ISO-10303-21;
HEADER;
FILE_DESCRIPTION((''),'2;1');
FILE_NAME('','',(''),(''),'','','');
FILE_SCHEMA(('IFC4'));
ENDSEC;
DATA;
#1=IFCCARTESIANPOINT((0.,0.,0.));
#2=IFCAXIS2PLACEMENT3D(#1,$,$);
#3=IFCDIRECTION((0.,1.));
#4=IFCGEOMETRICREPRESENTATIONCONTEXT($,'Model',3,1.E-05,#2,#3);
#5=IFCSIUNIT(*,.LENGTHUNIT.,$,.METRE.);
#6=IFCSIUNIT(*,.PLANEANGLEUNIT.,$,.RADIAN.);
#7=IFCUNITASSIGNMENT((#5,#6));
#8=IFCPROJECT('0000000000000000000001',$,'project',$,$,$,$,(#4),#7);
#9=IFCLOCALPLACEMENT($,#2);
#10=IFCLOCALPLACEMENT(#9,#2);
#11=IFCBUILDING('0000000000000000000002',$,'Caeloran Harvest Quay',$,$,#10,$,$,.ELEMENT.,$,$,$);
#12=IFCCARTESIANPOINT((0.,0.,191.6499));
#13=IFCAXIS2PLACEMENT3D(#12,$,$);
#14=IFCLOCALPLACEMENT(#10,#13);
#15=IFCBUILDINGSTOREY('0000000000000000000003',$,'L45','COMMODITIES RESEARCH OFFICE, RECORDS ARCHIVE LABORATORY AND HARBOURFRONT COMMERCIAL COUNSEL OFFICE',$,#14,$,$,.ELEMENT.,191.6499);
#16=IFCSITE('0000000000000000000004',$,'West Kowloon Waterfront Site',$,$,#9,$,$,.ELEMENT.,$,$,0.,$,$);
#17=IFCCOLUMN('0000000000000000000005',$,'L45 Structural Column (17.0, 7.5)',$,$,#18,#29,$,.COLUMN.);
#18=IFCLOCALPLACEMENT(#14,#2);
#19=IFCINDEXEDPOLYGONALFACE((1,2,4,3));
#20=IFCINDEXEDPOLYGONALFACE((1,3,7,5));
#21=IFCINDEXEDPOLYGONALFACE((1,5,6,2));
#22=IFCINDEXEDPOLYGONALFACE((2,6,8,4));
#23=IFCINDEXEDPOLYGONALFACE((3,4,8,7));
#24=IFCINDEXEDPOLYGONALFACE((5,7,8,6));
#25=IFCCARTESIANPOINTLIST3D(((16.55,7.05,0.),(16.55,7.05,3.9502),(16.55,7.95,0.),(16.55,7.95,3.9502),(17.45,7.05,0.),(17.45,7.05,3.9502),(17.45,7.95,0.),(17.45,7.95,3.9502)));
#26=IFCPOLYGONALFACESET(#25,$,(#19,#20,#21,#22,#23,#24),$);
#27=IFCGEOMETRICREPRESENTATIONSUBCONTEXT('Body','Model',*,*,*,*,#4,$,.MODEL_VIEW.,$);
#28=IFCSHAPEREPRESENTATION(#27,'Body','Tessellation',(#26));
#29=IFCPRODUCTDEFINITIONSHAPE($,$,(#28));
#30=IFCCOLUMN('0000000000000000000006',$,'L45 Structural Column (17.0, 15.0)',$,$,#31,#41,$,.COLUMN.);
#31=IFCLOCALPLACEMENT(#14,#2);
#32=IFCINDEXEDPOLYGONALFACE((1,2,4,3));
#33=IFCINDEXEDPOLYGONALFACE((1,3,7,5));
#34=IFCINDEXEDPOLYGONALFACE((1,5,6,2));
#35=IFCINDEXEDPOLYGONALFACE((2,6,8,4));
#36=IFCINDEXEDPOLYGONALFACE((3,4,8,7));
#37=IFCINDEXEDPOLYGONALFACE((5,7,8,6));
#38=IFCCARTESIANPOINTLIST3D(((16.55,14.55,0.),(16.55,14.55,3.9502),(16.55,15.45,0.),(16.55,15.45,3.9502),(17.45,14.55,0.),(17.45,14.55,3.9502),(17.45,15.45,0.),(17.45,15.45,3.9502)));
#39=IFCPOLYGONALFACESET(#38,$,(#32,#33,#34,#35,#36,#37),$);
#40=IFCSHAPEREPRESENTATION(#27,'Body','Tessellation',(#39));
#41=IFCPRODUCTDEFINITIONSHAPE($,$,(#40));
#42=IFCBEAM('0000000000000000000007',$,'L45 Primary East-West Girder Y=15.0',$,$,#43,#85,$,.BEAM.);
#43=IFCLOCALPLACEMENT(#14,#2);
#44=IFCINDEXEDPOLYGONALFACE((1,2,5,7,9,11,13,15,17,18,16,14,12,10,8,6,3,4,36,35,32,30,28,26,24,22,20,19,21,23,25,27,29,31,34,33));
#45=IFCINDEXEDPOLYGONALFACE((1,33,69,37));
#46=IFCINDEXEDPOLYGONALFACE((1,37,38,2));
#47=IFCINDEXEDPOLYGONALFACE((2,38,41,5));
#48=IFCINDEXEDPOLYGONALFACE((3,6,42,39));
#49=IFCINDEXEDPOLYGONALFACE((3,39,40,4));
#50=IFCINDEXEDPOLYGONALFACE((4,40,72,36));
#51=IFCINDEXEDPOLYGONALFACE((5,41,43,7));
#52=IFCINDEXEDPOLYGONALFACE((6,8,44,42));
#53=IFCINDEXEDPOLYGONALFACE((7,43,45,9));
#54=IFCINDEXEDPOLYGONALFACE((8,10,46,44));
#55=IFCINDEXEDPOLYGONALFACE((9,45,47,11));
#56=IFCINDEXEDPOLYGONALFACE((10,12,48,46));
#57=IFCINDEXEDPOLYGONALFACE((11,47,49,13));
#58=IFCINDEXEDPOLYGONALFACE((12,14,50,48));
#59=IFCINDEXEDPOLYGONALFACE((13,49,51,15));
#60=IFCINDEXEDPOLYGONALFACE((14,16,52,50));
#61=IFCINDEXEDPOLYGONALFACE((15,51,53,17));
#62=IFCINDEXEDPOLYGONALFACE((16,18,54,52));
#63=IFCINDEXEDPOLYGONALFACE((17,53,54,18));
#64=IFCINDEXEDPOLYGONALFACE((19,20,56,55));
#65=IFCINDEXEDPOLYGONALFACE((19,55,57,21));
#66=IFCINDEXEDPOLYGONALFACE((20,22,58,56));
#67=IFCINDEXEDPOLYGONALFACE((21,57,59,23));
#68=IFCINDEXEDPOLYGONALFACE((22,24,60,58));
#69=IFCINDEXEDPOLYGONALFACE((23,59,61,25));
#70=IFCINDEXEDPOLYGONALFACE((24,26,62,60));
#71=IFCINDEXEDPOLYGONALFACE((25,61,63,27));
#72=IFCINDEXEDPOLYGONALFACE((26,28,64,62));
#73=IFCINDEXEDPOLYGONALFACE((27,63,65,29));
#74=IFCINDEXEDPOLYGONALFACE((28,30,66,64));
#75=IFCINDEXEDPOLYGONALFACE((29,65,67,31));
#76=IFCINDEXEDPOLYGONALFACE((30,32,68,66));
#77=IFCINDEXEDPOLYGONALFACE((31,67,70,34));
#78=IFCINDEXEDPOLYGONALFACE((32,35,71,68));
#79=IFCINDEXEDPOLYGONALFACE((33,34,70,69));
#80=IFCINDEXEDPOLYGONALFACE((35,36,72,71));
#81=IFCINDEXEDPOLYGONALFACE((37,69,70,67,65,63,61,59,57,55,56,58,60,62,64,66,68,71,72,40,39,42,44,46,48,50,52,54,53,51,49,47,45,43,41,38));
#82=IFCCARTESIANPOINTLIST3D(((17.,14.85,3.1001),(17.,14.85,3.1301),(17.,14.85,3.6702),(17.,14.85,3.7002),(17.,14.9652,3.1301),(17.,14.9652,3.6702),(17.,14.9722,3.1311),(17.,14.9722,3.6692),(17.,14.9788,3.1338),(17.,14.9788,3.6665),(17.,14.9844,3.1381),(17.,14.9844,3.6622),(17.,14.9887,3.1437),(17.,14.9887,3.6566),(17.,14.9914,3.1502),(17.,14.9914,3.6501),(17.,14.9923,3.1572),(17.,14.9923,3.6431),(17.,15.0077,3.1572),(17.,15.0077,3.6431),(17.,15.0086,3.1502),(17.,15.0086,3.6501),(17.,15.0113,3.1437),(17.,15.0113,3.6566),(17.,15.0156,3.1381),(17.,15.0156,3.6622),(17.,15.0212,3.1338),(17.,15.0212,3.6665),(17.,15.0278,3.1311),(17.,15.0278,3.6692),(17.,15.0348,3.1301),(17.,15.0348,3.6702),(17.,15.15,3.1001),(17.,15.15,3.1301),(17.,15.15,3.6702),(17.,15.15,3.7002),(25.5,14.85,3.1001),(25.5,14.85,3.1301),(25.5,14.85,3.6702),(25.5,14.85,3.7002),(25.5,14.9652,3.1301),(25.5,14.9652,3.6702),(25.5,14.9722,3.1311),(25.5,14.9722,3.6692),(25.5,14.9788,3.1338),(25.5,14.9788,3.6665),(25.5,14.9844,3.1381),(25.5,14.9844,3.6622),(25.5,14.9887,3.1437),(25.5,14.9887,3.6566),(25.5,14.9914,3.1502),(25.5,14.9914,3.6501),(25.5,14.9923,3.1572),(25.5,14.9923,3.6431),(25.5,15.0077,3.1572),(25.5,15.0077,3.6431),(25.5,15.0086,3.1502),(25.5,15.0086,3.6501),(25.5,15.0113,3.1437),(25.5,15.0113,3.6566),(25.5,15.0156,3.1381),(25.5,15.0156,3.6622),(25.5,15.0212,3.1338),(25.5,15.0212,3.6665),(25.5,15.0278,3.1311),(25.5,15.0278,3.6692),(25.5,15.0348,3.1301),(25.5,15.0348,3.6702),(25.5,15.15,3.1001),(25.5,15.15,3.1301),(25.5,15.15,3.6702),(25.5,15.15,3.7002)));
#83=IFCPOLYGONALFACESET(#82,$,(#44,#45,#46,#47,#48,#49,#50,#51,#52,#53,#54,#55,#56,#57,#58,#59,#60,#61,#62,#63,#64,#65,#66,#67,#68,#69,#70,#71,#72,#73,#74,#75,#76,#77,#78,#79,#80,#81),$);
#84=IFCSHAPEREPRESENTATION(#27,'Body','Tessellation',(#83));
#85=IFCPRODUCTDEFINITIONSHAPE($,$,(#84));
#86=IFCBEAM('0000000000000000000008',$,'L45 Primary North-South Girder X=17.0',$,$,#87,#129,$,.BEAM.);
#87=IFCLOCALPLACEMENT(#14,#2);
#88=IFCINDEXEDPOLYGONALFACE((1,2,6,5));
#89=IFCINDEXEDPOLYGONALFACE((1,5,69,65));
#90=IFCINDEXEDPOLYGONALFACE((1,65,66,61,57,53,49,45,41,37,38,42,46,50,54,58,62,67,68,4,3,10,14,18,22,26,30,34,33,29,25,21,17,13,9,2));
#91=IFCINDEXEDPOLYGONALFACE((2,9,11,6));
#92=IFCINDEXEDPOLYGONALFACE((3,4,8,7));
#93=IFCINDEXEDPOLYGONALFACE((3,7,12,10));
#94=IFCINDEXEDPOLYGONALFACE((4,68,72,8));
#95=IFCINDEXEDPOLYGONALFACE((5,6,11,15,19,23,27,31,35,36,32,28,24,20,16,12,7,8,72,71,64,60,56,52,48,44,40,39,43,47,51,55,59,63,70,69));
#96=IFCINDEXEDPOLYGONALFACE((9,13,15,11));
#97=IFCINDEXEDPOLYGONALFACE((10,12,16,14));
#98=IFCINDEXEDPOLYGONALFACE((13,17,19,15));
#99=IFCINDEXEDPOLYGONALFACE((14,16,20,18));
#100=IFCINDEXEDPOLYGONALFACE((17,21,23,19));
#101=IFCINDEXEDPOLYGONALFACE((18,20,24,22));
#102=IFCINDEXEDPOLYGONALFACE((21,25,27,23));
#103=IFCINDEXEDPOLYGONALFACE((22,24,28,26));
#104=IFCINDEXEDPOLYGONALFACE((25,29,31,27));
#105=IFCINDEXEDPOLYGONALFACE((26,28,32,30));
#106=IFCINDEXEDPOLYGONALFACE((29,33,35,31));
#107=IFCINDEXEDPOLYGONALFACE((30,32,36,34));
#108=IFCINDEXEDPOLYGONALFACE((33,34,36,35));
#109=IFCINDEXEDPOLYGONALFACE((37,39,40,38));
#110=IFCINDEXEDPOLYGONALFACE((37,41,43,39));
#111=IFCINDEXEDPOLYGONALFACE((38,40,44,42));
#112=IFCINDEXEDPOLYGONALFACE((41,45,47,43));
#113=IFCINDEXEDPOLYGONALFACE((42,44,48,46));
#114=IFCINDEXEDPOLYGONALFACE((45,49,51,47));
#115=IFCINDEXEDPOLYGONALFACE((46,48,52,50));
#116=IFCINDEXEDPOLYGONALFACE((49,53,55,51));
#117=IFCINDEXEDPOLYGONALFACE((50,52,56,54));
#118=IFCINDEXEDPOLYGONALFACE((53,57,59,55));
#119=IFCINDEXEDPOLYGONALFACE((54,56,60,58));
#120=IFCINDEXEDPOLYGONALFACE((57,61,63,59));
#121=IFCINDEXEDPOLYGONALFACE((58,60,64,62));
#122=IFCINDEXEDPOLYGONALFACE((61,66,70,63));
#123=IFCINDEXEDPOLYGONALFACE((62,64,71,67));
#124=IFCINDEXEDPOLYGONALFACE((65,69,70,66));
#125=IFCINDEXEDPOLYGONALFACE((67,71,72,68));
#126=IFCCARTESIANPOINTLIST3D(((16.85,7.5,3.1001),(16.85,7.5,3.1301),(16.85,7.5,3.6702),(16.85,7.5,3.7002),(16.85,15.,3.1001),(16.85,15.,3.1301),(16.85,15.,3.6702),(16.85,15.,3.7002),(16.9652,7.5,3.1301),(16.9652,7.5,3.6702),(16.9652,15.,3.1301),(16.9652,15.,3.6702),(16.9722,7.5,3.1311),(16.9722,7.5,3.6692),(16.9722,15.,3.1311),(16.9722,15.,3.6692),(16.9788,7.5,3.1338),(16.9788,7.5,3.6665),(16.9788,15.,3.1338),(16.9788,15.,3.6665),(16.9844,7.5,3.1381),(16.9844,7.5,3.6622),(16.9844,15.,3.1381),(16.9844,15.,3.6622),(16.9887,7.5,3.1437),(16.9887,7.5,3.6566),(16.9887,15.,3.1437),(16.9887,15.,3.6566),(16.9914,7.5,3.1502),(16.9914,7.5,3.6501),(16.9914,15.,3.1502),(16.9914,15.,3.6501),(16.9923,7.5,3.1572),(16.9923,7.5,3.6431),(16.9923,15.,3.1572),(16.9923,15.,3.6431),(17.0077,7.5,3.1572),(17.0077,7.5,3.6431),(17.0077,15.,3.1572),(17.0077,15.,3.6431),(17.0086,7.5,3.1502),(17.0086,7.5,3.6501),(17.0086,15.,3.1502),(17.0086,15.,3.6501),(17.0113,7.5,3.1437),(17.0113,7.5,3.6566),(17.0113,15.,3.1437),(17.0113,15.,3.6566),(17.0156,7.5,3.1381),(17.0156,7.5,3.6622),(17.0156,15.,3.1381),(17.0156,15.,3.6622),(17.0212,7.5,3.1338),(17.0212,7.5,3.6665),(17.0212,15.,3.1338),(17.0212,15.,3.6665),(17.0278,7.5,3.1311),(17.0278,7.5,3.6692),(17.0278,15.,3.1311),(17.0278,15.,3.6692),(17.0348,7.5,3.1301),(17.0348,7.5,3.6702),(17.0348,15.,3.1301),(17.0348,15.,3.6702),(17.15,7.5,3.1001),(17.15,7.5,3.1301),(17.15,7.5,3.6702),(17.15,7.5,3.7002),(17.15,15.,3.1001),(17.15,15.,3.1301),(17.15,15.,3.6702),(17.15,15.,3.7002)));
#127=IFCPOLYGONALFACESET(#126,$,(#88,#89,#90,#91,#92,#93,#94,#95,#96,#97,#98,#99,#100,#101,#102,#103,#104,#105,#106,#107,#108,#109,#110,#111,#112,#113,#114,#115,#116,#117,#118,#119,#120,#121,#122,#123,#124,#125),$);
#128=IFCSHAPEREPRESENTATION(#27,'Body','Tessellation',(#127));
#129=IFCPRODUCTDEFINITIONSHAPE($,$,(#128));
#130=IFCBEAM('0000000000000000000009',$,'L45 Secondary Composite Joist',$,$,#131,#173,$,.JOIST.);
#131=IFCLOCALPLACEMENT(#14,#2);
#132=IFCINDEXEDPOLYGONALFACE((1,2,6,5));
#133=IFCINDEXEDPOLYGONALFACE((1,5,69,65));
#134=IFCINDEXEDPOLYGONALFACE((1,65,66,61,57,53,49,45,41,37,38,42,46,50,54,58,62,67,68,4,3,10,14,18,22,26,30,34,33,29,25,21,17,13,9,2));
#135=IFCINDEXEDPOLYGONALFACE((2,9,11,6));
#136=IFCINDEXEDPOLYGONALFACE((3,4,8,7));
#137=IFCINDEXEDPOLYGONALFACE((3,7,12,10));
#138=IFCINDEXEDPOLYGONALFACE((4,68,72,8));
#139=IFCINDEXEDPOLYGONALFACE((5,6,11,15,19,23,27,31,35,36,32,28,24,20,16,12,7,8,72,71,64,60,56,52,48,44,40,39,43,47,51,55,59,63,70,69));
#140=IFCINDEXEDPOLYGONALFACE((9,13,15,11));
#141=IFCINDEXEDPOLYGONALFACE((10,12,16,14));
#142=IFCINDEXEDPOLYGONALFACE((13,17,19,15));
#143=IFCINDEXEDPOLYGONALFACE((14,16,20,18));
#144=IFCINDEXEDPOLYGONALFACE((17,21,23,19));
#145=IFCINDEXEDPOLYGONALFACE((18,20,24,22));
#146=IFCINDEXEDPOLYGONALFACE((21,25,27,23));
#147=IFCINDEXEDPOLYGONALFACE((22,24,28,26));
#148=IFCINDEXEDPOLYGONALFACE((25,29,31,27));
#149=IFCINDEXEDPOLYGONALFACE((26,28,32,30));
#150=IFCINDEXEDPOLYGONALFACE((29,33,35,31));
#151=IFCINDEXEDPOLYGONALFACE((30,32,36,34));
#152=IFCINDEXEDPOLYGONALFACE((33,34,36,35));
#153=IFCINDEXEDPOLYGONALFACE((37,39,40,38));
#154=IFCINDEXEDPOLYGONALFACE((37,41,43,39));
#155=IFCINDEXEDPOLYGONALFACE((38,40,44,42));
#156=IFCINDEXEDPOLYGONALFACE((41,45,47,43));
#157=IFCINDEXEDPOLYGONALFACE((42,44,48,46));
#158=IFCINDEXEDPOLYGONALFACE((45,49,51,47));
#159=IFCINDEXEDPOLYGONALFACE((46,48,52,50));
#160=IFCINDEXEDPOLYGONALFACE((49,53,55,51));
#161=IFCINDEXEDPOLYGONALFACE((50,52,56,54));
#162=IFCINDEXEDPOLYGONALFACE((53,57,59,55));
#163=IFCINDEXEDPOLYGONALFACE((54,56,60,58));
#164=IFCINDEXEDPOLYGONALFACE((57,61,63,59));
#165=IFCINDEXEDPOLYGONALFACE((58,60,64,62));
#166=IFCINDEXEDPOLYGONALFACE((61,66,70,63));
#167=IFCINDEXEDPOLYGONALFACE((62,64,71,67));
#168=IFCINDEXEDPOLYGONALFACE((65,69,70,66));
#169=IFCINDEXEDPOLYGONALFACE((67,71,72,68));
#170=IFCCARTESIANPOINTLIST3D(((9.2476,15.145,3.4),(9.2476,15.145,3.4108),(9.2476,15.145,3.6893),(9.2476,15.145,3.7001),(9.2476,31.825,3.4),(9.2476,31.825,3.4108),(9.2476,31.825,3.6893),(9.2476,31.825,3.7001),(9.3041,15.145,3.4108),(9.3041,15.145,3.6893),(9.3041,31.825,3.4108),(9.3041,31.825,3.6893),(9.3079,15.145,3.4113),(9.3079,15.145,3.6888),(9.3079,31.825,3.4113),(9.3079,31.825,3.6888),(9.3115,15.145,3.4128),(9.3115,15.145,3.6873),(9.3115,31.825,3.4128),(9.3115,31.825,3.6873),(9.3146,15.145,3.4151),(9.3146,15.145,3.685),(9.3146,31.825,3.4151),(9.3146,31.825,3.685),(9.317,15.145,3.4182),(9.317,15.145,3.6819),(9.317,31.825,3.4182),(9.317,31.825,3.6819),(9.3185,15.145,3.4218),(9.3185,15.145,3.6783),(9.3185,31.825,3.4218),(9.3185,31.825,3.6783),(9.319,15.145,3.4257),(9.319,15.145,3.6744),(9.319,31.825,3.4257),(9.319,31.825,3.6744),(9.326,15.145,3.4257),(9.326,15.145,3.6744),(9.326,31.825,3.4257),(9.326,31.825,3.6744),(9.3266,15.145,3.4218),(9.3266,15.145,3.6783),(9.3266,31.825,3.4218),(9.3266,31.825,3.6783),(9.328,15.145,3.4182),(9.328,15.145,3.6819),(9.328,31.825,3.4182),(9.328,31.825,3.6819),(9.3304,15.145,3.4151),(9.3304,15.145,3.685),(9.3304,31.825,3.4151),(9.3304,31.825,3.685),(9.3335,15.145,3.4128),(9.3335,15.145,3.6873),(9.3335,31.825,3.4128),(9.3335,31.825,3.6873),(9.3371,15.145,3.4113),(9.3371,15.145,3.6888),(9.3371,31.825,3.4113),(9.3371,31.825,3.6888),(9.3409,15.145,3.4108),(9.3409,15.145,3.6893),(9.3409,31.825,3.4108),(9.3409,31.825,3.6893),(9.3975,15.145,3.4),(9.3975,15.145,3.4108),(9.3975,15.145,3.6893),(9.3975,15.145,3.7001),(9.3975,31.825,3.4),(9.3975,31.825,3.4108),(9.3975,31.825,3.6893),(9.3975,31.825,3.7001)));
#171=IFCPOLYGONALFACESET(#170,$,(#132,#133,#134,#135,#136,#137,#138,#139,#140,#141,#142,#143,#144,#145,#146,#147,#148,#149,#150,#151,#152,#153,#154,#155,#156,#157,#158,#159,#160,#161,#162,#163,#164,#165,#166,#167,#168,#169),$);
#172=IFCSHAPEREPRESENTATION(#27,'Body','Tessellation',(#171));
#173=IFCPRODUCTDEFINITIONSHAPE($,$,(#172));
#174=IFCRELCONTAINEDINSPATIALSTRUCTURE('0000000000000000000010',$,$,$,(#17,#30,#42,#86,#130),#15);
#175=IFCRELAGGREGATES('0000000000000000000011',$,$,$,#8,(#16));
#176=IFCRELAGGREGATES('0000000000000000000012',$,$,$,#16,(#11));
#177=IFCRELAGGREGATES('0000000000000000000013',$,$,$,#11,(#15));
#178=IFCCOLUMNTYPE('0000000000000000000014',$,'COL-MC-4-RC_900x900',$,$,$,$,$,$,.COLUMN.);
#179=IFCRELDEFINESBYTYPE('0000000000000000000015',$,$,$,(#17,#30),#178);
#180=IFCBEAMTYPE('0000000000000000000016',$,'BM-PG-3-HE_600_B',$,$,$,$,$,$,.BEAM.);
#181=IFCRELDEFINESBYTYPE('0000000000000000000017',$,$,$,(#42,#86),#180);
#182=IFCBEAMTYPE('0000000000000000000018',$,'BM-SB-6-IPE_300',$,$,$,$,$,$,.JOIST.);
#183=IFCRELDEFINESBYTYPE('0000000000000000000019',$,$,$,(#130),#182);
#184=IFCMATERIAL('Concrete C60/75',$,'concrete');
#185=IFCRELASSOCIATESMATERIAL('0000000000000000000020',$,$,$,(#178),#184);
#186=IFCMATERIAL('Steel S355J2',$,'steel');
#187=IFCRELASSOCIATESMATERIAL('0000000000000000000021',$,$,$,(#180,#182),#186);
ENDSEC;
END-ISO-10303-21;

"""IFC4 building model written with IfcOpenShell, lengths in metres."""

from ifc_helpers import new_model, si_unit, direction, frame, origin, origin_2d, place, context, subcontext, project, spatial, rectangle, i_section, extrude, material, material_profile, profile_set, type_object, element, save


model = new_model("IFC4")

# Units and contexts
model_context = context("Model", 3, precision=1e-05, world=origin(), true_north=direction((0.0, 1.0)))
body_context = subcontext(model_context, "Body", "Model", "MODEL_VIEW")
ifc_project = project(units=[si_unit("LENGTHUNIT", "METRE"), si_unit("PLANEANGLEUNIT", "RADIAN")], contexts=[model_context])

# Site, building, storey
site_placement = place(None, origin())
site = spatial("IfcSite", under=ifc_project, at=site_placement, Name="West Kowloon Waterfront Site", CompositionType="ELEMENT", RefElevation=0.0)
building_placement = place(site_placement, origin())
building = spatial("IfcBuilding", under=site, at=building_placement, Name="Caeloran Harvest Quay", CompositionType="ELEMENT")
storey_placement = place(building_placement, frame((0.0, 0.0, 191.6499)))
storey = spatial("IfcBuildingStorey", under=building, at=storey_placement, Name="L45", Description="COMMODITIES RESEARCH OFFICE, RECORDS ARCHIVE LABORATORY AND HARBOURFRONT COMMERCIAL COUNSEL OFFICE", CompositionType="ELEMENT", Elevation=191.6499)

# Columns
ifc_material_1 = material(Name="Concrete C60/75", Category="concrete")
ifc_material_profile_1 = material_profile(ifc_material_1, rectangle(XDim=0.8999, YDim=0.8999, at=origin_2d()), Name="RC 900x900")
ifc_profile_set_1 = profile_set([ifc_material_profile_1], Name="Concrete C60/75")
column_type = type_object("IfcColumnType", Name="COL-MC-4-RC_900x900", PredefinedType="COLUMN", material=ifc_profile_set_1)
for number, where, z_axis, x_axis, name in (
    (1, (17.0, 7.5, 0.0), (0.0, 0.0, 1.0), (1.0, 0.0, 0.0), "L45 Structural Column (17.0, 7.5)"),
    (2, (17.0, 15.0, 0.0), (0.0, 0.0, 1.0), (1.0, 0.0, 0.0), "L45 Structural Column (17.0, 15.0)"),
):
    element("IfcColumn", number, at=place(storey_placement, frame(where, z_axis=z_axis, x_axis=x_axis)), inside=storey, type_object=column_type, Name=name, PredefinedType="COLUMN", context=body_context, shape_type="SweptSolid", body=[
        extrude(rectangle(XDim=0.8999, YDim=0.8999, at=origin_2d()), origin(), (0.0, 0.0, 1.0), 3.9502),
    ])

# Beams
ifc_material_2 = material(Name="Steel S355J2", Category="steel")
ifc_material_profile_2 = material_profile(ifc_material_2, i_section(OverallWidth=0.3, OverallDepth=0.6001, WebThickness=0.0154, FlangeThickness=0.03, FilletRadius=0.0271, at=origin_2d()), Name="HE 600 B")
ifc_profile_set_2 = profile_set([ifc_material_profile_2], Name="Steel S355J2")
beam_type_1 = type_object("IfcBeamType", Name="BM-PG-3-HE_600_B", PredefinedType="BEAM", material=ifc_profile_set_2)
beam_1_placement = place(storey_placement, frame((17.0, 15.0, 3.4001), z_axis=(1.0, 0.0, 0.0), x_axis=(0.0, 1.0, 0.0)))
element("IfcBeam", 3, at=beam_1_placement, inside=storey, type_object=beam_type_1, Name="L45 Primary East-West Girder Y=15.0", PredefinedType="BEAM", context=body_context, shape_type="SweptSolid", body=[
    extrude(i_section(OverallWidth=0.3, OverallDepth=0.6001, WebThickness=0.0154, FlangeThickness=0.03, FilletRadius=0.0271, at=origin_2d()), origin(), (0.0, 0.0, 1.0), 8.5),
])
beam_2_placement = place(storey_placement, frame((17.0, 7.5, 3.4001), z_axis=(0.0, 1.0, 0.0), x_axis=(-1.0, 0.0, 0.0)))
element("IfcBeam", 4, at=beam_2_placement, inside=storey, type_object=beam_type_1, Name="L45 Primary North-South Girder X=17.0", PredefinedType="BEAM", context=body_context, shape_type="SweptSolid", body=[
    extrude(i_section(OverallWidth=0.3, OverallDepth=0.6001, WebThickness=0.0154, FlangeThickness=0.03, FilletRadius=0.0271, at=origin_2d()), origin(), (0.0, 0.0, 1.0), 7.5),
])
ifc_material_profile_3 = material_profile(ifc_material_2, i_section(OverallWidth=0.1499, OverallDepth=0.3, WebThickness=0.0071, FlangeThickness=0.0107, FilletRadius=0.0149, at=origin_2d()), Name="IPE 300")
ifc_profile_set_3 = profile_set([ifc_material_profile_3], Name="Steel S355J2")
beam_type_2 = type_object("IfcBeamType", Name="BM-SB-6-IPE_300", PredefinedType="JOIST", material=ifc_profile_set_3)
for number, where, z_axis, x_axis, name in (
    (5, (9.3225, 15.145, 3.55), (0.0, 1.0, 0.0), (-1.0, 0.0, 0.0), "L45 Secondary Composite Joist"),
):
    element("IfcBeam", number, at=place(storey_placement, frame(where, z_axis=z_axis, x_axis=x_axis)), inside=storey, type_object=beam_type_2, Name=name, PredefinedType="JOIST", context=body_context, shape_type="SweptSolid", body=[
        extrude(i_section(OverallWidth=0.1499, OverallDepth=0.3, WebThickness=0.0071, FlangeThickness=0.0107, FilletRadius=0.0149, at=origin_2d()), origin(), (0.0, 0.0, 1.0), 16.6799),
    ])

save(model, "model.ifc")
